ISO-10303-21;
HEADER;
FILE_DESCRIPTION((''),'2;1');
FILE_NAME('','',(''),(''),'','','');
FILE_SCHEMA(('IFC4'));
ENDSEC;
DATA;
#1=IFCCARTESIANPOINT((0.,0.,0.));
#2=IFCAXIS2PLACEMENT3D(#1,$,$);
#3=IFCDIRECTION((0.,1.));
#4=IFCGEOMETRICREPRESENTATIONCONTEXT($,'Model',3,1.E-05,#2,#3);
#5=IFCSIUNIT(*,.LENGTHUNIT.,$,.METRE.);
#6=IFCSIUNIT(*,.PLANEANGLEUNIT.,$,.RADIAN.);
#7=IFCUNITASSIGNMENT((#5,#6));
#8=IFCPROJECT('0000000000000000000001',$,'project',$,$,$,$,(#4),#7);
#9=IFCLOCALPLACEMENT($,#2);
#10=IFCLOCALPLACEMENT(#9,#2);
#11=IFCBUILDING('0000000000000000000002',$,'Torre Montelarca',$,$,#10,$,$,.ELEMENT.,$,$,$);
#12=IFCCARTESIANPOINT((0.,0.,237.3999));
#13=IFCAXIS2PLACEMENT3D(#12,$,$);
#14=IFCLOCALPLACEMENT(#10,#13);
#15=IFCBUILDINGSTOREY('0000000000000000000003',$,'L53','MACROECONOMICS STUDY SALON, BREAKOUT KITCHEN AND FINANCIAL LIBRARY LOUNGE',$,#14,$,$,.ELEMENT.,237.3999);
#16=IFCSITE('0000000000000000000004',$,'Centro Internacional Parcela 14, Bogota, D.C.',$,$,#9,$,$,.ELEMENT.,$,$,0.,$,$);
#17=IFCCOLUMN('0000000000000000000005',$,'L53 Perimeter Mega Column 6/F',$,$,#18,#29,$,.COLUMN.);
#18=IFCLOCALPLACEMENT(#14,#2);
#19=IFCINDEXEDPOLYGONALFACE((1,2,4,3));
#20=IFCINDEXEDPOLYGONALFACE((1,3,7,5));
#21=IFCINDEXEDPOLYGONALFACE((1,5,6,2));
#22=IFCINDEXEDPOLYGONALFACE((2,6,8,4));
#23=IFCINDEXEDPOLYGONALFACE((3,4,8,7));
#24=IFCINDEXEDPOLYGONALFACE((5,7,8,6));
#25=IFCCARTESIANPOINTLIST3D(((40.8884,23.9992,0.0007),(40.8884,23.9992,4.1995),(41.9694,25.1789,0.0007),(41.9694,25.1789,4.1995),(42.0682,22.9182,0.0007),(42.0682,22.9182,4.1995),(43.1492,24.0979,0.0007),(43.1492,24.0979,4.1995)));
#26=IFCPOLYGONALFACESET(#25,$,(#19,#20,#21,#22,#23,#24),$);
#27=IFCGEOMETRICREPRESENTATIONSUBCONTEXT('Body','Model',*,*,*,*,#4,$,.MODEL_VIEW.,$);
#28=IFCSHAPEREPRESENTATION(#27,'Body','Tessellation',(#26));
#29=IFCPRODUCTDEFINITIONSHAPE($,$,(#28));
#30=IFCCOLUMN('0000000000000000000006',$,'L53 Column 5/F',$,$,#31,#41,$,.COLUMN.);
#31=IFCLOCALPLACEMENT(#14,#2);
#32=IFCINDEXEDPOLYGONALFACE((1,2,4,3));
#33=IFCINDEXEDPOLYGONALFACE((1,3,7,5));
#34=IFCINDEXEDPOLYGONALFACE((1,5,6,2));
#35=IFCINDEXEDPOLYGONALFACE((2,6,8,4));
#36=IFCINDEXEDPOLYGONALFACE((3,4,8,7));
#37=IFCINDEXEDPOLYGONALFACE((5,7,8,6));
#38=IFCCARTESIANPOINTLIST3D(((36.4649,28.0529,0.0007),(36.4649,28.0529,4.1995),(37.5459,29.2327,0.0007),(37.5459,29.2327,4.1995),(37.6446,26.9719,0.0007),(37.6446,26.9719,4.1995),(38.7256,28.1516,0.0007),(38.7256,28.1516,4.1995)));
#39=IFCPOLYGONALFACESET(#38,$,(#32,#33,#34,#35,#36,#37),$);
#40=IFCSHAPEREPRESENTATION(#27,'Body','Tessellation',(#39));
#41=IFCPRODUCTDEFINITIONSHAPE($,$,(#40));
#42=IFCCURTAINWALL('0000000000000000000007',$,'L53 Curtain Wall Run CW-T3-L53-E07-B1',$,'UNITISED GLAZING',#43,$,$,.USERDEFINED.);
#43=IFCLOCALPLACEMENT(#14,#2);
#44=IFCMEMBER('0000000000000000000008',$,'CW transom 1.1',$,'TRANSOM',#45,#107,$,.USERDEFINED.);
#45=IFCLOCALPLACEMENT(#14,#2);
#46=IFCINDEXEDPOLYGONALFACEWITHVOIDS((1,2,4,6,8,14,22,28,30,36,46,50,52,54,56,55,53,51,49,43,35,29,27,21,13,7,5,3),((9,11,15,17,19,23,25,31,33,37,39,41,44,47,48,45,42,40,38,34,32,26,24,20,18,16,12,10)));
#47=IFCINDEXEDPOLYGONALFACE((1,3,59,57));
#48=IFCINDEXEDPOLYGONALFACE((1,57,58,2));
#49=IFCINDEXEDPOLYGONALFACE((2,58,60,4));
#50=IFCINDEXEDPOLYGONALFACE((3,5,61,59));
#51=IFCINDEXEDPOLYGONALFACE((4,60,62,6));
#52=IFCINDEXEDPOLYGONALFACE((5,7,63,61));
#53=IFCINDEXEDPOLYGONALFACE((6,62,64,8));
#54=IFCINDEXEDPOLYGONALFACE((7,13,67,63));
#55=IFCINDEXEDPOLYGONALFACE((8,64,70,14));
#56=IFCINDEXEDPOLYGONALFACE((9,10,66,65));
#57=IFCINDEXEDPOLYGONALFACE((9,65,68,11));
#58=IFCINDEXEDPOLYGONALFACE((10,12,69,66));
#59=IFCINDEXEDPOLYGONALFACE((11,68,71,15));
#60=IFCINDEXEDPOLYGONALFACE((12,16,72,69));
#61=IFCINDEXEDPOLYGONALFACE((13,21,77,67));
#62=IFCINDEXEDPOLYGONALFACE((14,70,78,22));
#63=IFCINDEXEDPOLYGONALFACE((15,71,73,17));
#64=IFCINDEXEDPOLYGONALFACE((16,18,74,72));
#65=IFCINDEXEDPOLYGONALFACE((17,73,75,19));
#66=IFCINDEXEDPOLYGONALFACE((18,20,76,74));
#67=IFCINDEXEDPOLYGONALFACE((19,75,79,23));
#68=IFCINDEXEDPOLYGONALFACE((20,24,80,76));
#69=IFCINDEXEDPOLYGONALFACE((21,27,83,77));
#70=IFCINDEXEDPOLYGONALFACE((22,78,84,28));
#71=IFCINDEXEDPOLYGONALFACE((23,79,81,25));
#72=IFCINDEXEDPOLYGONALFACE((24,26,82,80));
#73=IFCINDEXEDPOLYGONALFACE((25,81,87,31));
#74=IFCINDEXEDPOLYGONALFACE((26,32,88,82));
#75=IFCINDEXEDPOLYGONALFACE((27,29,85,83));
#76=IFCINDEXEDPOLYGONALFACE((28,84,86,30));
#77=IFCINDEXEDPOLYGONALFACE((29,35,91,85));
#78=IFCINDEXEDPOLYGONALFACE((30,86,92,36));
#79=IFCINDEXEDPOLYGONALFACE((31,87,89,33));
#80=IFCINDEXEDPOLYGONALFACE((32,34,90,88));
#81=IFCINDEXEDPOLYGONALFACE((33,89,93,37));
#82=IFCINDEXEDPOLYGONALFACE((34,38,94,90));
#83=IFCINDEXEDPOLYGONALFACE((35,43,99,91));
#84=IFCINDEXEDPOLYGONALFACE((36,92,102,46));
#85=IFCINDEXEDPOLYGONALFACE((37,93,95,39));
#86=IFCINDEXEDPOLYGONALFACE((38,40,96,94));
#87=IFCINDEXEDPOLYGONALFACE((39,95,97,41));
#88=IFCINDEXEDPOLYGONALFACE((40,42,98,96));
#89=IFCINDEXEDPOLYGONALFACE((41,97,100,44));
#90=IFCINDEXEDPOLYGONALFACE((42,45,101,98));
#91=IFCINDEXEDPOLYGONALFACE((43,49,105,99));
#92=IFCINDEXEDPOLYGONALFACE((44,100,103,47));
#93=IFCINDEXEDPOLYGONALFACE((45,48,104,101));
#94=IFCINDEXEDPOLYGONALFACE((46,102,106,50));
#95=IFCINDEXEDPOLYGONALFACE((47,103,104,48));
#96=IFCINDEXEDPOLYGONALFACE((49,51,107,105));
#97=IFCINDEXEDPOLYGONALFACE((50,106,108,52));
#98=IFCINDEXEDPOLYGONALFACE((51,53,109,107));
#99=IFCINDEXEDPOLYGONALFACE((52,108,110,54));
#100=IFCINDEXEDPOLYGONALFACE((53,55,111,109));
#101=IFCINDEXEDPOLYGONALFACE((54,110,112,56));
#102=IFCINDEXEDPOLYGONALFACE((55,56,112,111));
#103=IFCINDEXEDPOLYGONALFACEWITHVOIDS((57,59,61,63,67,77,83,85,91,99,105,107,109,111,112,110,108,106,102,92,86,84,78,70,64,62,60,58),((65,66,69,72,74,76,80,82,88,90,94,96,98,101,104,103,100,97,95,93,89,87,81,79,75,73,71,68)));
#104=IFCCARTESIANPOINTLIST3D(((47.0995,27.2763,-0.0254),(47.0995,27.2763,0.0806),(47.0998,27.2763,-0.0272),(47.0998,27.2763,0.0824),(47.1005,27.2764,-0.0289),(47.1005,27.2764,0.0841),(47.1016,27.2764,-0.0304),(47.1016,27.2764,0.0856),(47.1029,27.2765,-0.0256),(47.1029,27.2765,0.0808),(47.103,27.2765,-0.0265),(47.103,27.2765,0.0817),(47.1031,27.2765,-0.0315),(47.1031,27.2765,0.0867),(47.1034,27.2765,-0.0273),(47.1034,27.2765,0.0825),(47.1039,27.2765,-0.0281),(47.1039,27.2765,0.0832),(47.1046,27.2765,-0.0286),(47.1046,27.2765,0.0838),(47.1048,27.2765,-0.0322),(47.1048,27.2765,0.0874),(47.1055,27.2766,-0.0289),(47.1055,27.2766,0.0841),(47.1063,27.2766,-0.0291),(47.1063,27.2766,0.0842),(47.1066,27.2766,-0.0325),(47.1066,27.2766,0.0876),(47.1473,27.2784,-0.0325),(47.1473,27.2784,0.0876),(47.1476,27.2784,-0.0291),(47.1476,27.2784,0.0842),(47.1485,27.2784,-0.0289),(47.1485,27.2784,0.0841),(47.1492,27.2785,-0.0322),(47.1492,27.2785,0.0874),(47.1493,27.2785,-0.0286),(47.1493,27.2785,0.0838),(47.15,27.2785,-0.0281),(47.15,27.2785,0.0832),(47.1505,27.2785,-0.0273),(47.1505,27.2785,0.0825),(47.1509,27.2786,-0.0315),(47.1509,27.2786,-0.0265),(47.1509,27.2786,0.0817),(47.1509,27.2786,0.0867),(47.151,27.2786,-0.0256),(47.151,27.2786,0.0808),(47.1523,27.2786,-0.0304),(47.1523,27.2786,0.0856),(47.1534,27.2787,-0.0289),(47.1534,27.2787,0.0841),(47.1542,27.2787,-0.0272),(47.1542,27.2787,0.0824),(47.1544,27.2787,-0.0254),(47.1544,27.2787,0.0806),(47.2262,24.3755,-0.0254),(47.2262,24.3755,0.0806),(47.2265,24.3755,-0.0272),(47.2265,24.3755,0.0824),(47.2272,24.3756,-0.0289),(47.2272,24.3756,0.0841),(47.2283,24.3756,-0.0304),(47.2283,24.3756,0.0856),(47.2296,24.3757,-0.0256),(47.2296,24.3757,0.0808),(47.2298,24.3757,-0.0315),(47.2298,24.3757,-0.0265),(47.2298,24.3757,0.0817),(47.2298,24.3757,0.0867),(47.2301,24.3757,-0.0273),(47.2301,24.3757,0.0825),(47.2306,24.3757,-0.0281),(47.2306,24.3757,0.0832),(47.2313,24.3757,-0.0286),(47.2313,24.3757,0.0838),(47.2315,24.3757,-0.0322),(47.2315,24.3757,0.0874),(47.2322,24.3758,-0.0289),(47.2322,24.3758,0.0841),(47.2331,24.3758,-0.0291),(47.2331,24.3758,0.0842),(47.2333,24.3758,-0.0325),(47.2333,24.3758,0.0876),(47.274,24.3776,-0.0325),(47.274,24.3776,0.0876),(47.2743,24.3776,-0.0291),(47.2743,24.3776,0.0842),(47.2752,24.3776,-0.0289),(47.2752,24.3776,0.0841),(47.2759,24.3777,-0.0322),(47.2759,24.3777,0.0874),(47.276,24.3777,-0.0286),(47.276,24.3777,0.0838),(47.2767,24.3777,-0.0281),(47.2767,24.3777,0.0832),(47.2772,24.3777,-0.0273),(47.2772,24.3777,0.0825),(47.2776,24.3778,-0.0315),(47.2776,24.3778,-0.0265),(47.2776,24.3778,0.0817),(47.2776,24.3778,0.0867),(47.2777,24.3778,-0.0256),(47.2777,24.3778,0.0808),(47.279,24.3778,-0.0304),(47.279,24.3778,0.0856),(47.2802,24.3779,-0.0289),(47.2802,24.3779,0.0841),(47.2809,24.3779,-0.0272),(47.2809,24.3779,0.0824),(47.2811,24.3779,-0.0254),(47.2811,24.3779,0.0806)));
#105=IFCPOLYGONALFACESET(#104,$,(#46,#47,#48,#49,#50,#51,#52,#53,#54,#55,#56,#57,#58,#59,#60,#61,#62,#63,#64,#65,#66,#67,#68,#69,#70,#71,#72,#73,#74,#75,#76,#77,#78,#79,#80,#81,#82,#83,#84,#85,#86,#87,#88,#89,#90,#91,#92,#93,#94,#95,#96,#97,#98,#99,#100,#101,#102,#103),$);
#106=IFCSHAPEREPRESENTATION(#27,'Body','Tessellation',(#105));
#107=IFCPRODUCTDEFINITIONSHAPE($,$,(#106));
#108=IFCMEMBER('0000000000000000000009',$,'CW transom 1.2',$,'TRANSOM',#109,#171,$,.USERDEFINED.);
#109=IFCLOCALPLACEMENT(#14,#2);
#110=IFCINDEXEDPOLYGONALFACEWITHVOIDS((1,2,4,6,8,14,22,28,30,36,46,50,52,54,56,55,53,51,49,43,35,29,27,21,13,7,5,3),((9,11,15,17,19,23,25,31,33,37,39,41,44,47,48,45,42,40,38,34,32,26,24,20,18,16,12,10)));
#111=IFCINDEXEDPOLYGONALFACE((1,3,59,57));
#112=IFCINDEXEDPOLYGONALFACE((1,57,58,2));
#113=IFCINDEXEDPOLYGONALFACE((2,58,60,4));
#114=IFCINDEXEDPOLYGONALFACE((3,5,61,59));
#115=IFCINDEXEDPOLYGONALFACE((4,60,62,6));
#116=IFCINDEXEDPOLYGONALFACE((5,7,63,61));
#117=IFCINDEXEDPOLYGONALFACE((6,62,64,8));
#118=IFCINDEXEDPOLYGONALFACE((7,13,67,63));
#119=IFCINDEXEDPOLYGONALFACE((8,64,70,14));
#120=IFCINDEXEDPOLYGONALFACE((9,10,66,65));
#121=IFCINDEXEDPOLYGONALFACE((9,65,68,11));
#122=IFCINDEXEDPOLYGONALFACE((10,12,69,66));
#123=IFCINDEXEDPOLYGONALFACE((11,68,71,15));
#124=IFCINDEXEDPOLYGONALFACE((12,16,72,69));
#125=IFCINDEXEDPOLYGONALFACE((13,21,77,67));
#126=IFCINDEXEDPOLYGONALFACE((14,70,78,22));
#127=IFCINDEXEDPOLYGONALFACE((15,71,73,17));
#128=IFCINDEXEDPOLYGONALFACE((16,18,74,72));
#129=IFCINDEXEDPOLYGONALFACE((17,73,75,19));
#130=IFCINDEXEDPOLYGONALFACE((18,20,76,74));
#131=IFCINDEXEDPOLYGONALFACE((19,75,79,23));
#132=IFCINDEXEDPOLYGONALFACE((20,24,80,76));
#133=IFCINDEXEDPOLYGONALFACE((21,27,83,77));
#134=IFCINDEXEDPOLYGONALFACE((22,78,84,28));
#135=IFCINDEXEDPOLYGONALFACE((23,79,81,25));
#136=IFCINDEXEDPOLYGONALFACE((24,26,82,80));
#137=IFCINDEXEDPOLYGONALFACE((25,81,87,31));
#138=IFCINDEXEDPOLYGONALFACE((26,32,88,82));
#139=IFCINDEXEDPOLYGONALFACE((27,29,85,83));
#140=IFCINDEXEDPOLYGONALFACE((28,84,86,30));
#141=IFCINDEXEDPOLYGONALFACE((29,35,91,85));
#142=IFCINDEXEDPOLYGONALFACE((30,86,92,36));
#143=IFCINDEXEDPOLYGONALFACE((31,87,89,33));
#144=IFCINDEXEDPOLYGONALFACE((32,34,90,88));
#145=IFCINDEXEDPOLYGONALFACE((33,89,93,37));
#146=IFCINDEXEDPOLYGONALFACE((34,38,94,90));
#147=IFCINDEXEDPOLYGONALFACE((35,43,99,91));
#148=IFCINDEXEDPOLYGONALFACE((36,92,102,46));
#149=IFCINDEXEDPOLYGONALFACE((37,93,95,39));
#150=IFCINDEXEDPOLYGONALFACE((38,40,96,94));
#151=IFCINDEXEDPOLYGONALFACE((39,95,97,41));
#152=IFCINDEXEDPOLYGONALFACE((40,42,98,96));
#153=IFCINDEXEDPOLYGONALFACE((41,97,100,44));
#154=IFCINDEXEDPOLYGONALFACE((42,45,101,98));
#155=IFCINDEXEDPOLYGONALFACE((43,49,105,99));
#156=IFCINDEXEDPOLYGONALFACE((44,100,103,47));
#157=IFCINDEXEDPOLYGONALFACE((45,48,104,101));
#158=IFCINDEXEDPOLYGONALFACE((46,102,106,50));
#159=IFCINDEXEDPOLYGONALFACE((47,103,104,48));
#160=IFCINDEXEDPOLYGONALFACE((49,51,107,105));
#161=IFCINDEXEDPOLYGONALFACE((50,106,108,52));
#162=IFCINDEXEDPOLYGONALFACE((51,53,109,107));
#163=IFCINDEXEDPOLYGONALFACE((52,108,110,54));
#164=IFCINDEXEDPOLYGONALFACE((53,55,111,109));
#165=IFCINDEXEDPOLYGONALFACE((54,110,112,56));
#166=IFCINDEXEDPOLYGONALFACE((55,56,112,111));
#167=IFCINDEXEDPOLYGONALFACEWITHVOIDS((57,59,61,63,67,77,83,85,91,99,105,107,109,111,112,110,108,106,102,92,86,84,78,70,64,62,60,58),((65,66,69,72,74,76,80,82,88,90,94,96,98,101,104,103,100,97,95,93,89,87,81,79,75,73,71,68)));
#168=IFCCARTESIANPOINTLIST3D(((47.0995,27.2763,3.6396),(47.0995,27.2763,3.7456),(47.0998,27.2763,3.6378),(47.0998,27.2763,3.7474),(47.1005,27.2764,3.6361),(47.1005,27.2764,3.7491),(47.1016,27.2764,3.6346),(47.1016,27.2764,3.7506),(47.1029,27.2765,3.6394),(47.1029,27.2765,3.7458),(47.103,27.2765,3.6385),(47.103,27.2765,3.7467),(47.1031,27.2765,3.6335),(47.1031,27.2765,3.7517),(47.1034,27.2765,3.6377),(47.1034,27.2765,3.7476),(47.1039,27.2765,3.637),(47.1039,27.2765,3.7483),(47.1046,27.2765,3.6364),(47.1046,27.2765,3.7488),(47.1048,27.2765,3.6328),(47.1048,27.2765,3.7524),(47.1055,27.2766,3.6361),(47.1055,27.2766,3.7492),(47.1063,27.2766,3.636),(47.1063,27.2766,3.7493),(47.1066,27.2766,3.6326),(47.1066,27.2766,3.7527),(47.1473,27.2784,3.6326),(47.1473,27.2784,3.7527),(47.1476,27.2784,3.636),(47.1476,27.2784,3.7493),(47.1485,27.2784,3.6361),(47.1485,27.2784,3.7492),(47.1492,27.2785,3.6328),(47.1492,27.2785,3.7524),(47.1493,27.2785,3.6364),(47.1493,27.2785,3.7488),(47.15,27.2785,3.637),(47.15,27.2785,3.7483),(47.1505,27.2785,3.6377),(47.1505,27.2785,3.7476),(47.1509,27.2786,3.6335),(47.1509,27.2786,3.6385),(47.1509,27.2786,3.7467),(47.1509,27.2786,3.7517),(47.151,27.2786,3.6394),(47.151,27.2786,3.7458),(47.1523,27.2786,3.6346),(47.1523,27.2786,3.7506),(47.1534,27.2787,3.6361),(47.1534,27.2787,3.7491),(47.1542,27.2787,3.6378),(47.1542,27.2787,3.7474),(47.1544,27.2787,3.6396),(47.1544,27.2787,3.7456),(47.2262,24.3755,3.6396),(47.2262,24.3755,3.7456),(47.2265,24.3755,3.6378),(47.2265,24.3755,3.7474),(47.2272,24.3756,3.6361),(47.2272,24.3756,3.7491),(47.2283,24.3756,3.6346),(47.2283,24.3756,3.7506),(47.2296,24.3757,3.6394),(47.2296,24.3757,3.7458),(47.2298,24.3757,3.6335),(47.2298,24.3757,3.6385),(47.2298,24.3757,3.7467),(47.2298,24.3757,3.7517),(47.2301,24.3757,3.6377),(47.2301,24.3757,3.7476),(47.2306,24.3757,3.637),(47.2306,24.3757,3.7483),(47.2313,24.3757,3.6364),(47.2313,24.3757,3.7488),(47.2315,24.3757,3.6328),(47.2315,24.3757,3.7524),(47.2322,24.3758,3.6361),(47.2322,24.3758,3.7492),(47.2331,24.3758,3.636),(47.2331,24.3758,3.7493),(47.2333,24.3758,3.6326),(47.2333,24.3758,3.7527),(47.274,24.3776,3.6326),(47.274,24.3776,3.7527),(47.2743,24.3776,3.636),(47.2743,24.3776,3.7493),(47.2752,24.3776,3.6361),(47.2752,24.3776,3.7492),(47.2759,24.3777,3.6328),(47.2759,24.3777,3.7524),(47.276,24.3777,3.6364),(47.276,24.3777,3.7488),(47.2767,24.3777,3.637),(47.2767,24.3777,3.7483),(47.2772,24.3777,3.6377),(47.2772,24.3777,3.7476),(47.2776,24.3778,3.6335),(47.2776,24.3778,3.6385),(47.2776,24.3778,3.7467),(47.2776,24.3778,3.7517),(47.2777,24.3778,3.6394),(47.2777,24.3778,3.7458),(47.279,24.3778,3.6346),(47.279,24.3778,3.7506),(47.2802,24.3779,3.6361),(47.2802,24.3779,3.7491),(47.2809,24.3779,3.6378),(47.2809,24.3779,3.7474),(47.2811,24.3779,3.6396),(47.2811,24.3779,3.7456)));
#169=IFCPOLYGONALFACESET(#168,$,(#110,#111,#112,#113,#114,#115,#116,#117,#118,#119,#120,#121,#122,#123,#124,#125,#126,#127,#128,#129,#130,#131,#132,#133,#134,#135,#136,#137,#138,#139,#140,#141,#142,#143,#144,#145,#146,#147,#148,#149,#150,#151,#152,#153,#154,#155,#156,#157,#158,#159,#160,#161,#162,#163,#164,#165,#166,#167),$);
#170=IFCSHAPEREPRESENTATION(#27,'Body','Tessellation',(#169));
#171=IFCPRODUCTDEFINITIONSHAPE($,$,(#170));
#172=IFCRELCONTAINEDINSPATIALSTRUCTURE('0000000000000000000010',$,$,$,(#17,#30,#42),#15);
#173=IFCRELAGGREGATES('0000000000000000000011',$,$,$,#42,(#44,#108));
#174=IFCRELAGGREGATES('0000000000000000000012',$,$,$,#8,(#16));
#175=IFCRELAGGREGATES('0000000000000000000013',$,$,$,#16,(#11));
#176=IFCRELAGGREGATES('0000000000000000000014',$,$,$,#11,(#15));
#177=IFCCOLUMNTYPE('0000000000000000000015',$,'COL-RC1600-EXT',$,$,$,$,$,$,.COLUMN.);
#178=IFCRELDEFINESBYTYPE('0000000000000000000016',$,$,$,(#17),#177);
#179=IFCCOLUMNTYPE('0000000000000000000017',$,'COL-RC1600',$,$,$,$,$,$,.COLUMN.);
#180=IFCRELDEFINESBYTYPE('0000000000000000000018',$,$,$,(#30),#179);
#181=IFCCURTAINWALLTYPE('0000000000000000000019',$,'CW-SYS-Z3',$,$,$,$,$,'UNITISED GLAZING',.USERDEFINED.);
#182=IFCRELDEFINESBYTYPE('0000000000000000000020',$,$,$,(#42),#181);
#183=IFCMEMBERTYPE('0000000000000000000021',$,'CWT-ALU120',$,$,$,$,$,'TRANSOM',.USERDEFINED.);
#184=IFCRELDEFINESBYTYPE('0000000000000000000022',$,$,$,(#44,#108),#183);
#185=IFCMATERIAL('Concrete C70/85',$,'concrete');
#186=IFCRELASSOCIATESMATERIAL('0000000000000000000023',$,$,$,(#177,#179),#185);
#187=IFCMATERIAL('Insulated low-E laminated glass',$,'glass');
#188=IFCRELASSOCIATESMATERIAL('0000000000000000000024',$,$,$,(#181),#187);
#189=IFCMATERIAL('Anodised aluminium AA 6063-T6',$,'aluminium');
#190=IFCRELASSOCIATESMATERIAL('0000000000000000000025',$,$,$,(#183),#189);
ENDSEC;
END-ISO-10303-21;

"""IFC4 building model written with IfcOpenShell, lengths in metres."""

from ifc_helpers import new_model, si_unit, direction, frame, origin, origin_2d, place, context, subcontext, project, spatial, rectangle, hollow_rectangle, extrude, source, transform, mapped, material, material_profile, profile_set, type_object, element, aggregate, save


model = new_model("IFC4")

# Units and contexts
model_context = context("Model", 3, precision=1e-05, world=origin(), true_north=direction((0.0, 1.0)))
body_context = subcontext(model_context, "Body", "Model", "MODEL_VIEW")
ifc_project = project(units=[si_unit("LENGTHUNIT", "METRE"), si_unit("PLANEANGLEUNIT", "RADIAN")], contexts=[model_context])

# Site, building, storey
site_placement = place(None, origin())
site = spatial("IfcSite", under=ifc_project, at=site_placement, Name="Centro Internacional Parcela 14, Bogota, D.C.", CompositionType="ELEMENT", RefElevation=0.0)
building_placement = place(site_placement, origin())
building = spatial("IfcBuilding", under=site, at=building_placement, Name="Torre Montelarca", CompositionType="ELEMENT")
storey_placement = place(building_placement, frame((0.0, 0.0, 237.3999)))
storey = spatial("IfcBuildingStorey", under=building, at=storey_placement, Name="L53", Description="MACROECONOMICS STUDY SALON, BREAKOUT KITCHEN AND FINANCIAL LIBRARY LOUNGE", CompositionType="ELEMENT", Elevation=237.3999)

# Columns
ifc_material_1 = material(Name="Concrete C70/85", Category="concrete")
ifc_material_profile_1 = material_profile(ifc_material_1, rectangle(XDim=1.6001, YDim=1.6001, at=origin_2d()), Name="RC1600X1600", Category="concrete")
ifc_profile_set_1 = profile_set([ifc_material_profile_1], Name="Concrete C70/85")
column_type_1 = type_object("IfcColumnType", Name="COL-RC1600-EXT", PredefinedType="COLUMN", material=ifc_profile_set_1)
shared_shape_1 = source(origin(), body_context, "Body", "SweptSolid", [
    extrude(rectangle(XDim=1.6001, YDim=1.6001, at=origin_2d()), origin(), (0.0, 0.0, 1.0), 4.1987),
])
column_1_placement = place(storey_placement, frame((42.0188, 24.0486, 0.0007), z_axis=(0.0, 0.0, 1.0), x_axis=(-0.737277, 0.67559, 0.0)))
element("IfcColumn", 1, at=column_1_placement, inside=storey, type_object=column_type_1, Name="L53 Perimeter Mega Column 6/F", PredefinedType="COLUMN", context=body_context, shape_type="MappedRepresentation", body=[
    mapped(shared_shape_1, transform((0.0, 0.0, 0.0), scale=1.0)),
])
ifc_material_profile_2 = material_profile(ifc_material_1, rectangle(XDim=1.6001, YDim=1.6001, at=origin_2d()), Name="RC1600X1600", Category="concrete")
ifc_profile_set_2 = profile_set([ifc_material_profile_2], Name="Concrete C70/85")
column_type_2 = type_object("IfcColumnType", Name="COL-RC1600", PredefinedType="COLUMN", material=ifc_profile_set_2)
shared_shape_2 = source(origin(), body_context, "Body", "SweptSolid", [
    extrude(rectangle(XDim=1.6001, YDim=1.6001, at=origin_2d()), origin(), (0.0, 0.0, 1.0), 4.1987),
])
column_2_placement = place(storey_placement, frame((37.5952, 28.1023, 0.0007), z_axis=(0.0, 0.0, 1.0), x_axis=(-0.737277, 0.67559, 0.0)))
element("IfcColumn", 2, at=column_2_placement, inside=storey, type_object=column_type_2, Name="L53 Column 5/F", PredefinedType="COLUMN", context=body_context, shape_type="MappedRepresentation", body=[
    mapped(shared_shape_2, transform((0.0, 0.0, 0.0), scale=1.0)),
])

# Curtain wall, members
ifc_material_2 = material(Name="Insulated low-E laminated glass", Category="glass")
curtain_wall_type = type_object("IfcCurtainWallType", Name="CW-SYS-Z3", ElementType="UNITISED GLAZING", PredefinedType="USERDEFINED", material=ifc_material_2)
curtain_wall_1_placement = place(storey_placement, origin())
curtain_wall_1 = element("IfcCurtainWall", 3, at=curtain_wall_1_placement, inside=storey, type_object=curtain_wall_type, Name="L53 Curtain Wall Run CW-T3-L53-E07-B1", ObjectType="UNITISED GLAZING", PredefinedType="USERDEFINED")
ifc_material_3 = material(Name="Anodised aluminium AA 6063-T6", Category="aluminium")
ifc_material_profile_3 = material_profile(ifc_material_3, hollow_rectangle(XDim=0.0549, YDim=0.1201, WallThickness=0.0034, InnerFilletRadius=0.0034, OuterFilletRadius=0.0071, at=origin_2d()), Name="ALU55X120X3.5", Category="aluminium")
ifc_profile_set_3 = profile_set([ifc_material_profile_3], Name="Anodised aluminium AA 6063-T6")
member_type_1 = type_object("IfcMemberType", Name="CWT-ALU120", ElementType="TRANSOM", PredefinedType="USERDEFINED", material=ifc_profile_set_3)
shared_shape_3 = source(origin(), body_context, "Body", "SweptSolid", [
    extrude(hollow_rectangle(XDim=0.0549, YDim=0.1201, WallThickness=0.0034, InnerFilletRadius=0.0034, OuterFilletRadius=0.0071, at=origin_2d()), origin(), (0.0, 0.0, 1.0), 2.9036),
])
member_1_placement = place(storey_placement, frame((47.2537, 24.3767, 0.0276), z_axis=(-0.043638, 0.999047, 0.0), x_axis=(-0.999047, -0.043638, 0.0)))
member_1 = element("IfcMember", 4, at=member_1_placement, type_object=member_type_1, Name="CW transom 1.1", ObjectType="TRANSOM", PredefinedType="USERDEFINED", context=body_context, shape_type="MappedRepresentation", body=[
    mapped(shared_shape_3, transform((0.0, 0.0, 0.0), scale=1.0)),
])
member_2_placement = place(storey_placement, frame((47.2537, 24.3767, 3.6926), z_axis=(-0.043638, 0.999047, 0.0), x_axis=(-0.999047, -0.043638, 0.0)))
member_2 = element("IfcMember", 5, at=member_2_placement, type_object=member_type_1, Name="CW transom 1.2", ObjectType="TRANSOM", PredefinedType="USERDEFINED", context=body_context, shape_type="MappedRepresentation", body=[
    mapped(shared_shape_3, transform((0.0, 0.0, 0.0), scale=1.0)),
])

aggregate(curtain_wall_1, [member_1, member_2])

save(model, "model.ifc")
